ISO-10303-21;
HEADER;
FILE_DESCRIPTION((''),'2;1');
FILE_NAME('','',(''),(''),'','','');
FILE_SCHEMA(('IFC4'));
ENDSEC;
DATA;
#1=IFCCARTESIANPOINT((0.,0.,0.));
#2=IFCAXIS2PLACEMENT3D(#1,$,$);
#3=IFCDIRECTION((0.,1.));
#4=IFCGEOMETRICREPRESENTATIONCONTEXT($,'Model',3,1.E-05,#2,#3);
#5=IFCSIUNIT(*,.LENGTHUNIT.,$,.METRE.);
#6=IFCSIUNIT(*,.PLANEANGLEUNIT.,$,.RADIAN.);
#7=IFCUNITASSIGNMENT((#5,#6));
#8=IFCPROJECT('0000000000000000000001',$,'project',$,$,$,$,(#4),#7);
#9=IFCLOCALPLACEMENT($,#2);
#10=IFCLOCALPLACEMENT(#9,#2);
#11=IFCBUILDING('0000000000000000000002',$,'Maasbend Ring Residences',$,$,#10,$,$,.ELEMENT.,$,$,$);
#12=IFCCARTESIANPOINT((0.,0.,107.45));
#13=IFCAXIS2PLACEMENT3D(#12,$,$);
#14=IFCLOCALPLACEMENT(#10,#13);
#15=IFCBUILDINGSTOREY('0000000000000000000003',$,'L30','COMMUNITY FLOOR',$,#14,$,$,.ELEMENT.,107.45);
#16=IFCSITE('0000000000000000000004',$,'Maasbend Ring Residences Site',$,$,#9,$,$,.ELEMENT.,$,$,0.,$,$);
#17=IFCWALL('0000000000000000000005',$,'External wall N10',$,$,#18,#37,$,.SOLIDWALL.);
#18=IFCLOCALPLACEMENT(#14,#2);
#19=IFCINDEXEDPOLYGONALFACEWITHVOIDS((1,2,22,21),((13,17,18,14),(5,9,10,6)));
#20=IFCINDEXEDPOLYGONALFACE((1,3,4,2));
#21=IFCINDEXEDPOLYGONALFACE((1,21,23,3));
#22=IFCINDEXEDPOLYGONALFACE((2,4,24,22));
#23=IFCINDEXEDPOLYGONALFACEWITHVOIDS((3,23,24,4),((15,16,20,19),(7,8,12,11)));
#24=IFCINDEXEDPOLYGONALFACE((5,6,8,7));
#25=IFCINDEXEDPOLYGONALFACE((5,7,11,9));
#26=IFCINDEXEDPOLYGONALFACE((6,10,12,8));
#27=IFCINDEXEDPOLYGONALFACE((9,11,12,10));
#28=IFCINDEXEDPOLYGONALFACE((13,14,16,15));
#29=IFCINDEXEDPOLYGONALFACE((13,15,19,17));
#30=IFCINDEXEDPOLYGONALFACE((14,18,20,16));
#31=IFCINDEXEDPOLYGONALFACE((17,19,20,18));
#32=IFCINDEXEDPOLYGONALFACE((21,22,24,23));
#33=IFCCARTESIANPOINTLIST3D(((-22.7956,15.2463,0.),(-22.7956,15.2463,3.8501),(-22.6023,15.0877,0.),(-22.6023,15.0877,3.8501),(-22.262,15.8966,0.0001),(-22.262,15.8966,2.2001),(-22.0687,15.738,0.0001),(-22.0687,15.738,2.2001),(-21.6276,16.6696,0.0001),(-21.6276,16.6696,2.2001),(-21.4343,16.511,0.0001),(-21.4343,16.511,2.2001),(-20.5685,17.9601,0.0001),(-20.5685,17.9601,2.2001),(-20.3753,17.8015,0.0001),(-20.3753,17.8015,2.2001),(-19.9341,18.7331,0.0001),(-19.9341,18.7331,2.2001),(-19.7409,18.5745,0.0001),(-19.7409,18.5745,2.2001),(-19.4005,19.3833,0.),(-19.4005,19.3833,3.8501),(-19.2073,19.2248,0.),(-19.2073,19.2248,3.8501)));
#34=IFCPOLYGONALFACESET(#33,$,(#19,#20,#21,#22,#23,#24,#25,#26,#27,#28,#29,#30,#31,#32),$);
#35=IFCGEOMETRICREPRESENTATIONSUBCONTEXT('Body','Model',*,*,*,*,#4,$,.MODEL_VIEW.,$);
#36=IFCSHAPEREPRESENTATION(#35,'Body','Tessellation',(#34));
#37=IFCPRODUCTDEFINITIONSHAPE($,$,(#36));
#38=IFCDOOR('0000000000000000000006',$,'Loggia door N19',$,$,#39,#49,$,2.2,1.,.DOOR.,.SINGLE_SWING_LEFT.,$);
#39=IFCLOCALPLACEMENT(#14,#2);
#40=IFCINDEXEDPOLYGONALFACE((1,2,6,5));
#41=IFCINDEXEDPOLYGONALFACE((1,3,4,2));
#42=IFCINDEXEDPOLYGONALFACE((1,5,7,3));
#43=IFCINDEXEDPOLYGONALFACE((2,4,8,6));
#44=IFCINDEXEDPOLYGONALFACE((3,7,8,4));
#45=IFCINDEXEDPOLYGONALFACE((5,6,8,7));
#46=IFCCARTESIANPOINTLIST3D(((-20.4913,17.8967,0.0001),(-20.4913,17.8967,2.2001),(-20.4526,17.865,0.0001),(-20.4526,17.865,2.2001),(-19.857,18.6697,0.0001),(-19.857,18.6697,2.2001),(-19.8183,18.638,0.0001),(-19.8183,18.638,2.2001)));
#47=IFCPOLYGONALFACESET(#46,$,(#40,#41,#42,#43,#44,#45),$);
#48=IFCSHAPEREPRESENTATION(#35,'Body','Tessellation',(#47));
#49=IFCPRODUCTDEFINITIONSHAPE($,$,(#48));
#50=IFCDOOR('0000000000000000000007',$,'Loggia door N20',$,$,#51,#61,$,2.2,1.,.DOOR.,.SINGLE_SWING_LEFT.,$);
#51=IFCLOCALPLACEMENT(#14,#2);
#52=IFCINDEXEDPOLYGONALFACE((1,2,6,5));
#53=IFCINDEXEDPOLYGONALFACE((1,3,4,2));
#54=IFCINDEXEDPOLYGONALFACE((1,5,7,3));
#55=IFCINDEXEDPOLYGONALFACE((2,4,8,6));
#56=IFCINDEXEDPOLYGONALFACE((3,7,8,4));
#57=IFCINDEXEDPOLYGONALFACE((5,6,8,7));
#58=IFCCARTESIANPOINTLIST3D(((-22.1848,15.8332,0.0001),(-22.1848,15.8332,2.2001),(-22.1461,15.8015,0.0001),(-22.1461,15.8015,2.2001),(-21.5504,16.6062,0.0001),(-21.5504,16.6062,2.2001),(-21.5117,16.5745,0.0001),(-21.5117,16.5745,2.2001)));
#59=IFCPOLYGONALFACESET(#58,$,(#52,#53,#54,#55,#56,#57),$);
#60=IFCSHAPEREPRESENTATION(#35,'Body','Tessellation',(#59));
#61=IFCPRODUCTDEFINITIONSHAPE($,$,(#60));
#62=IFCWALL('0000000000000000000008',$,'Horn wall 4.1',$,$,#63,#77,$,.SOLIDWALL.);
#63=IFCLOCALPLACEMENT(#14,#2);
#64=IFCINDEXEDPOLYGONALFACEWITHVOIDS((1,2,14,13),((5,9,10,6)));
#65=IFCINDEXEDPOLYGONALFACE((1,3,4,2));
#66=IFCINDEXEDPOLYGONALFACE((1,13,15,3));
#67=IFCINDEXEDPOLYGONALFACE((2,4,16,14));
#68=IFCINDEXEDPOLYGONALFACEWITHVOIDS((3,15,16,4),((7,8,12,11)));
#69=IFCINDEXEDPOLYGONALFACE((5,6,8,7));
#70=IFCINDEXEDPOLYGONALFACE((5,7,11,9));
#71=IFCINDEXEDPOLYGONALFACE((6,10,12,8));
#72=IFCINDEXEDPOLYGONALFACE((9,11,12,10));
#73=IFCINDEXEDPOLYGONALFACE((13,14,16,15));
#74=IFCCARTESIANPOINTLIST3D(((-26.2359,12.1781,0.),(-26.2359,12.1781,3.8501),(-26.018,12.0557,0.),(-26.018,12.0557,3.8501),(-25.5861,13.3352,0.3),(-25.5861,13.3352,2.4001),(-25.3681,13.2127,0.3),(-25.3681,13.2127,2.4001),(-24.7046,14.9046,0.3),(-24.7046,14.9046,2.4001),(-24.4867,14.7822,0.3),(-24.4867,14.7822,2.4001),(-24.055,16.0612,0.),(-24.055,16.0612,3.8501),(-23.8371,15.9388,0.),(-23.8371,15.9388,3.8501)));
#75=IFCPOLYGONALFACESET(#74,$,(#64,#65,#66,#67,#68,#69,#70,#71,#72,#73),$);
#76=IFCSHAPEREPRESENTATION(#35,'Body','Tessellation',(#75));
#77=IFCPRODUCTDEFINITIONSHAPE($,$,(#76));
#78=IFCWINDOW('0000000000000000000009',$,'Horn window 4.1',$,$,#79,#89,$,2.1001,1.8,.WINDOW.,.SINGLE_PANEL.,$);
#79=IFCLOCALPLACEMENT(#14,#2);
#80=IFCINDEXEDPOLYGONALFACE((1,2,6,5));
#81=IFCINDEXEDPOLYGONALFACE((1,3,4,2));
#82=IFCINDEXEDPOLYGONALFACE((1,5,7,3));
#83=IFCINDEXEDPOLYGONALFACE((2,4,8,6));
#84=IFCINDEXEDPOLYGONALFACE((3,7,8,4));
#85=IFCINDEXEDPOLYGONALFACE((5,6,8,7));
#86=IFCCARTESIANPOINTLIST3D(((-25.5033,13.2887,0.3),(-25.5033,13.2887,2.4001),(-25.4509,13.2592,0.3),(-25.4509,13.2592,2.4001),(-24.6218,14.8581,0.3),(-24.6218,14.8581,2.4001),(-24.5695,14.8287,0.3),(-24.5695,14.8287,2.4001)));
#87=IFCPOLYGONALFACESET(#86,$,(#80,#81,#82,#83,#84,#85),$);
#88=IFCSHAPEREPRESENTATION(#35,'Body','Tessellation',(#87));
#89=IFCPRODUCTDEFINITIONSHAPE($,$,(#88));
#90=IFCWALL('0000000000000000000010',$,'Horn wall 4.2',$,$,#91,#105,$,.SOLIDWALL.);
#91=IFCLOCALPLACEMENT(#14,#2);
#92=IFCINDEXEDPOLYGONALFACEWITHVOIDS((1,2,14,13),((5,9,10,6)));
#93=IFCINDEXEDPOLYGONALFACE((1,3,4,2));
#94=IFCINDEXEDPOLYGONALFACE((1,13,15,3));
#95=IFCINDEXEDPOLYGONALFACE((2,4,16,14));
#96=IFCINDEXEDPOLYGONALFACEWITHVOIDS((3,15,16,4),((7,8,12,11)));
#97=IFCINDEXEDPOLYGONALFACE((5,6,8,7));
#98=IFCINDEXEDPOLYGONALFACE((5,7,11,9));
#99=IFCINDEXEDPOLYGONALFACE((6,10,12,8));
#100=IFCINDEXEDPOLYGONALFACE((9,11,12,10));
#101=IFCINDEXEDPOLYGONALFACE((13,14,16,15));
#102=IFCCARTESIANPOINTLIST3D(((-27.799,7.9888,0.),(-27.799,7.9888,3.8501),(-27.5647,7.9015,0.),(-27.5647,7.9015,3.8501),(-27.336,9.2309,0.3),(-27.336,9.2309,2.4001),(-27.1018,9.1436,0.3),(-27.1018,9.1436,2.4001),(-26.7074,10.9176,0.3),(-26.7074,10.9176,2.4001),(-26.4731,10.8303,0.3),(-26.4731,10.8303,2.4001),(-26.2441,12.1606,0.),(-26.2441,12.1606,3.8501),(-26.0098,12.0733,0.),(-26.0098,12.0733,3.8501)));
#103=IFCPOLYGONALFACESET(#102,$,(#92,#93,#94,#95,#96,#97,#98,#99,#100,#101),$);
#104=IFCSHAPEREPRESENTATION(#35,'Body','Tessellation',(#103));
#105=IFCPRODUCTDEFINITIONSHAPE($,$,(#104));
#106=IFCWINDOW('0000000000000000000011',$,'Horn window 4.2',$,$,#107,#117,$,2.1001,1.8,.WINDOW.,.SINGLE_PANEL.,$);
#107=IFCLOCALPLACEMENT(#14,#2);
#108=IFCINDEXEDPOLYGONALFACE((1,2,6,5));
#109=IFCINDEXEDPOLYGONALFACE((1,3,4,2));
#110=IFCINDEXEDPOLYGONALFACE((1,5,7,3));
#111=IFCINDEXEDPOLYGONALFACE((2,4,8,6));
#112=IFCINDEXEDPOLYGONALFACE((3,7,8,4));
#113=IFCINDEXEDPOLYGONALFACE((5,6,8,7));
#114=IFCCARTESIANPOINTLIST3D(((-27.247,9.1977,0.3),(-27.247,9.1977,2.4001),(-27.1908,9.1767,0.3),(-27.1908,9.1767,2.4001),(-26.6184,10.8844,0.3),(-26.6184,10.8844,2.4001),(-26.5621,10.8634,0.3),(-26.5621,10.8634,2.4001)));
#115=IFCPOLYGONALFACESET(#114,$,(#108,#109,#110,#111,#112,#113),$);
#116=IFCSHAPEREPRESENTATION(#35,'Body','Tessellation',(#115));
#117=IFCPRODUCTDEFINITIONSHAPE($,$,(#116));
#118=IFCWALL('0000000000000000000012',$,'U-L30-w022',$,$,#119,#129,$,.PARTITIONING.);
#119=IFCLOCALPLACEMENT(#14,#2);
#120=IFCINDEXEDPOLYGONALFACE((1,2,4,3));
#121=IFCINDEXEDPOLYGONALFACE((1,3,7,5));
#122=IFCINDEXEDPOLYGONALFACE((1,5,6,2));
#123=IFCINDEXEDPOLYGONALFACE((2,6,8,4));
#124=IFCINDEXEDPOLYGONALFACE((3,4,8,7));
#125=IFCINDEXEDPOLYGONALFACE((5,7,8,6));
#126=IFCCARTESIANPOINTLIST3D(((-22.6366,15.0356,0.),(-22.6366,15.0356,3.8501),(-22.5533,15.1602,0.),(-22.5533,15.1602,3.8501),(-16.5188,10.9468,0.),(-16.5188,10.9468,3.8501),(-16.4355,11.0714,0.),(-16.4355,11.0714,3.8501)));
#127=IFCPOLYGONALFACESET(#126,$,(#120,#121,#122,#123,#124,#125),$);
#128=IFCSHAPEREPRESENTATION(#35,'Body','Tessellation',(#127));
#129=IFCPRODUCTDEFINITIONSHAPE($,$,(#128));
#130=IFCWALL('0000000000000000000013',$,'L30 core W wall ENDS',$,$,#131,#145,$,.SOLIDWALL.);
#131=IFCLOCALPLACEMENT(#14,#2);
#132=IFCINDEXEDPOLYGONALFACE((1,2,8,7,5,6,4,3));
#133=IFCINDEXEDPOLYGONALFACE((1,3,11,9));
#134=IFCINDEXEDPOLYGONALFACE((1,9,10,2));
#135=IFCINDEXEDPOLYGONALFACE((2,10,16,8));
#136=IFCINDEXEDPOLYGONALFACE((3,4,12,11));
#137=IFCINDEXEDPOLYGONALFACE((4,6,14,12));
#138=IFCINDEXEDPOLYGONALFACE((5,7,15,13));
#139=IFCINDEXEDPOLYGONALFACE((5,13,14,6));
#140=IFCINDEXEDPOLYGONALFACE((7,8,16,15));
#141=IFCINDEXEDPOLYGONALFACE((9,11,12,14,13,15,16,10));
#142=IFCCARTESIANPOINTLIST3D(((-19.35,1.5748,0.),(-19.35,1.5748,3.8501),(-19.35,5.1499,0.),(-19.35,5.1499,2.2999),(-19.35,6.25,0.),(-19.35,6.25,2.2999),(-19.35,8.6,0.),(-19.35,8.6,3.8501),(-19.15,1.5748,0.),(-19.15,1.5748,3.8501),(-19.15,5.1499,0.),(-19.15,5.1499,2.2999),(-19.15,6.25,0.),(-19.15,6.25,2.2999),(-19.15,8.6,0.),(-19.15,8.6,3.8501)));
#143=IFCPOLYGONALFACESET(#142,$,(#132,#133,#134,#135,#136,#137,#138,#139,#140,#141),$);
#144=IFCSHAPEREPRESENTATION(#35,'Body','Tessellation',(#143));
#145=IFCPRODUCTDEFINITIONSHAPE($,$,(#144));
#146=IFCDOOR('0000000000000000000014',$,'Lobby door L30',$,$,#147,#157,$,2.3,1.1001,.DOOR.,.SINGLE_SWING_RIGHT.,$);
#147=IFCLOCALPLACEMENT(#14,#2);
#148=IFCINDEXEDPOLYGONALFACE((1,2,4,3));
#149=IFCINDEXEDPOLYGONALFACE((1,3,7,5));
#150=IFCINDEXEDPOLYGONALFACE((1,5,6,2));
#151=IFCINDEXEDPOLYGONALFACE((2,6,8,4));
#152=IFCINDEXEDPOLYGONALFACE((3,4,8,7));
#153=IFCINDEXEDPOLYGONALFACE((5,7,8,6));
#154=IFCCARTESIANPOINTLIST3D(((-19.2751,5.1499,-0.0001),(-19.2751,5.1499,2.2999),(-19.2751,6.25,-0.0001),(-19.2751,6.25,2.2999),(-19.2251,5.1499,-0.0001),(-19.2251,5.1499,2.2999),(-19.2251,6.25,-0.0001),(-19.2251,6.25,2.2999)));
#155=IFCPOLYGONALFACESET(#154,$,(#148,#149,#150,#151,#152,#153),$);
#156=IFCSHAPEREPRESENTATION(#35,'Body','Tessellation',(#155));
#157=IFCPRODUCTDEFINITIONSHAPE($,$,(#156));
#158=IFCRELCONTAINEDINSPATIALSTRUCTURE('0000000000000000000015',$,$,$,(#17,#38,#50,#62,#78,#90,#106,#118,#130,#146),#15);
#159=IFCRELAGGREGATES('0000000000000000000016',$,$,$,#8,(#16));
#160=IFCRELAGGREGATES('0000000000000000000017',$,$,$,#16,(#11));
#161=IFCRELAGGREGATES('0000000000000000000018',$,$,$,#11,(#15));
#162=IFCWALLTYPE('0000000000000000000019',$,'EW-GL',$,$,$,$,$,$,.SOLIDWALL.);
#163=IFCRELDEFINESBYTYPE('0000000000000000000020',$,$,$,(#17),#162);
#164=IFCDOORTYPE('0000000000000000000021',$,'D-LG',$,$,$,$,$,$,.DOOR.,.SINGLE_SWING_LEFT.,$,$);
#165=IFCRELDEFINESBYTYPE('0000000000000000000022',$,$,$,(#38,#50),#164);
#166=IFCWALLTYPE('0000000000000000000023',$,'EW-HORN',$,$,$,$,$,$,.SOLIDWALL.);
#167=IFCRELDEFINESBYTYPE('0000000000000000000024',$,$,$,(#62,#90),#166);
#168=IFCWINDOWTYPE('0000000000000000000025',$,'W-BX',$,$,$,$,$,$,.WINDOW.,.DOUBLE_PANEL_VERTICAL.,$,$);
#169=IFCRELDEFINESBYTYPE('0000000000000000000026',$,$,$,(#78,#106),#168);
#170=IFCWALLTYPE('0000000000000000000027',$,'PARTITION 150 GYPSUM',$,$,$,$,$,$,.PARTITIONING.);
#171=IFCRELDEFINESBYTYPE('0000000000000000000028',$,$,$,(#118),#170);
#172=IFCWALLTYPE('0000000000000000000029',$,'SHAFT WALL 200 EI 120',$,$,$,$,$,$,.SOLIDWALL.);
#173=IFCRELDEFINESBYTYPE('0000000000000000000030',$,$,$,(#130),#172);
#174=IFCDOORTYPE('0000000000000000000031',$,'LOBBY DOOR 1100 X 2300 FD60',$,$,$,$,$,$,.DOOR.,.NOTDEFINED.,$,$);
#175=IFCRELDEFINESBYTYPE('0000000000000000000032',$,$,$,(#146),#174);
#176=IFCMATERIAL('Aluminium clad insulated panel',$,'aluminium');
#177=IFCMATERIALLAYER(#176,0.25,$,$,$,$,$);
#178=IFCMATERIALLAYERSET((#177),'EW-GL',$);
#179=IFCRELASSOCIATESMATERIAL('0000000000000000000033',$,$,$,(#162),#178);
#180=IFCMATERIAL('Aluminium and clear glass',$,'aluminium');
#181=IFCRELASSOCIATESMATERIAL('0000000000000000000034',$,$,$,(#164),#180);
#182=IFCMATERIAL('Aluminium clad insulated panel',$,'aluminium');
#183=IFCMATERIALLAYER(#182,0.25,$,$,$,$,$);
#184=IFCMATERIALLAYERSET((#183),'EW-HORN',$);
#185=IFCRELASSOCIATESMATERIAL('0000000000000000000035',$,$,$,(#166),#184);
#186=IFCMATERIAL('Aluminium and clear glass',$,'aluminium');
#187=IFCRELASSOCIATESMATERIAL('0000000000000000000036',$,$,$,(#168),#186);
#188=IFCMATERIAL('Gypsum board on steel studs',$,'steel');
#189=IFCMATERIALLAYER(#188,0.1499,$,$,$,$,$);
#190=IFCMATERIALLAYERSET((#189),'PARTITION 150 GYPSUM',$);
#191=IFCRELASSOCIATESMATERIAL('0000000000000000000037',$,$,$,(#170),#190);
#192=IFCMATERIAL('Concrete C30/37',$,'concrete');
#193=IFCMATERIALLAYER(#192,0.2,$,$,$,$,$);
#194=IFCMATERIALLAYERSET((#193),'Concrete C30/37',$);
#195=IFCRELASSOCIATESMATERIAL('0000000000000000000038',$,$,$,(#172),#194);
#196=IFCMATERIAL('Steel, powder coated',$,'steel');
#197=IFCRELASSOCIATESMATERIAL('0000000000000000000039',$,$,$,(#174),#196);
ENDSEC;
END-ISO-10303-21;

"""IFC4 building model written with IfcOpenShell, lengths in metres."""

from ifc_helpers import new_model, si_unit, direction, frame, frame_2d, origin, place, context, subcontext, project, spatial, rectangle, extrude, material, layer, layer_set, type_object, element, fill, save


model = new_model("IFC4")

# Units and contexts
model_context = context("Model", 3, precision=1e-05, world=origin(), true_north=direction((0.0, 1.0)))
body_context = subcontext(model_context, "Body", "Model", "MODEL_VIEW")
ifc_project = project(units=[si_unit("LENGTHUNIT", "METRE"), si_unit("PLANEANGLEUNIT", "RADIAN")], contexts=[model_context])

# Site, building, storey
site_placement = place(None, origin())
site = spatial("IfcSite", under=ifc_project, at=site_placement, Name="Maasbend Ring Residences Site", CompositionType="ELEMENT", RefElevation=0.0)
building_placement = place(site_placement, origin())
building = spatial("IfcBuilding", under=site, at=building_placement, Name="Maasbend Ring Residences", CompositionType="ELEMENT")
storey_placement = place(building_placement, frame((0.0, 0.0, 107.45)))
storey = spatial("IfcBuildingStorey", under=building, at=storey_placement, Name="L30", Description="COMMUNITY FLOOR", CompositionType="ELEMENT", Elevation=107.45)

# Wall, openings, doors
ifc_material_1 = material(Name="Aluminium clad insulated panel", Category="aluminium")
ifc_layer_1 = layer(ifc_material_1, 0.25)
ifc_layer_set_1 = layer_set([ifc_layer_1], Name="EW-GL")
wall_type_1 = type_object("IfcWallType", Name="EW-GL", PredefinedType="SOLIDWALL", material=ifc_layer_set_1)
ifc_material_2 = material(Name="Aluminium and clear glass", Category="aluminium")
door_type_1 = type_object("IfcDoorType", Name="D-LG", OperationType="SINGLE_SWING_LEFT", PredefinedType="DOOR", material=ifc_material_2)
wall_1_placement = place(storey_placement, frame((-19.304, 19.304, 0.0), z_axis=(0.0, 0.0, 1.0), x_axis=(-0.634382, -0.773019, 0.0)))
wall_1 = element("IfcWall", 1, at=wall_1_placement, inside=storey, type_object=wall_type_1, Name="External wall N10", PredefinedType="SOLIDWALL", context=body_context, shape_type="SweptSolid", body=[
    extrude(rectangle(XDim=5.3518, YDim=0.25, at=frame_2d((2.6758, 0.0))), origin(), (0.0, 0.0, 1.0), 3.8501),
])
opening_1_placement = place(wall_1_placement, frame((0.8411, 0.0, 0.0)))
opening_1 = element("IfcOpeningElement", 2, at=opening_1_placement, cuts=wall_1, PredefinedType="OPENING", context=body_context, shape_type="SweptSolid", body=[
    extrude(rectangle(XDim=1.0, YDim=2.2, at=frame_2d((0.5, 1.1001))), frame((0.0, 0.135, 0.0), z_axis=(0.0, -1.0, 0.0), x_axis=(1.0, 0.0, 0.0)), (0.0, 0.0, 1.0), 0.27),
])
opening_2_placement = place(wall_1_placement, frame((3.5105, 0.0, 0.0)))
opening_2 = element("IfcOpeningElement", 3, at=opening_2_placement, cuts=wall_1, PredefinedType="OPENING", context=body_context, shape_type="SweptSolid", body=[
    extrude(rectangle(XDim=1.0, YDim=2.2, at=frame_2d((0.5, 1.1001))), frame((0.0, 0.135, 0.0), z_axis=(0.0, -1.0, 0.0), x_axis=(1.0, 0.0, 0.0)), (0.0, 0.0, 1.0), 0.27),
])
door_1_placement = place(opening_1_placement, origin())
door_1 = element("IfcDoor", 4, at=door_1_placement, inside=storey, type_object=door_type_1, Name="Loggia door N19", OperationType="SINGLE_SWING_LEFT", OverallHeight=2.2, OverallWidth=1.0, PredefinedType="DOOR", context=body_context, shape_type="SweptSolid", body=[
    extrude(rectangle(XDim=1.0, YDim=2.2, at=frame_2d((0.5, 1.1001))), frame((0.0, 0.0249, 0.0), z_axis=(0.0, -1.0, 0.0), x_axis=(1.0, 0.0, 0.0)), (0.0, 0.0, 1.0), 0.05),
])
fill(opening_1, door_1)
door_2_placement = place(opening_2_placement, origin())
door_2 = element("IfcDoor", 5, at=door_2_placement, inside=storey, type_object=door_type_1, Name="Loggia door N20", OperationType="SINGLE_SWING_LEFT", OverallHeight=2.2, OverallWidth=1.0, PredefinedType="DOOR", context=body_context, shape_type="SweptSolid", body=[
    extrude(rectangle(XDim=1.0, YDim=2.2, at=frame_2d((0.5, 1.1001))), frame((0.0, 0.0249, 0.0), z_axis=(0.0, -1.0, 0.0), x_axis=(1.0, 0.0, 0.0)), (0.0, 0.0, 1.0), 0.05),
])
fill(opening_2, door_2)

# Walls, openings, windows
ifc_material_3 = material(Name="Aluminium clad insulated panel", Category="aluminium")
ifc_layer_2 = layer(ifc_material_3, 0.25)
ifc_layer_set_2 = layer_set([ifc_layer_2], Name="EW-HORN")
wall_type_2 = type_object("IfcWallType", Name="EW-HORN", PredefinedType="SOLIDWALL", material=ifc_layer_set_2)
wall_2_placement = place(storey_placement, frame((-23.946, 16.0, 0.0), z_axis=(0.0, 0.0, 1.0), x_axis=(-0.489696, -0.871893, 0.0)))
wall_2 = element("IfcWall", 6, at=wall_2_placement, inside=storey, type_object=wall_type_2, Name="Horn wall 4.1", PredefinedType="SOLIDWALL", context=body_context, shape_type="SweptSolid", body=[
    extrude(rectangle(XDim=4.4536, YDim=0.25, at=frame_2d((2.2268, 0.0))), origin(), (0.0, 0.0, 1.0), 3.8501),
])
opening_3_placement = place(wall_2_placement, frame((1.3267, 0.0, 0.3)))
opening_3 = element("IfcOpeningElement", 7, at=opening_3_placement, cuts=wall_2, PredefinedType="OPENING", context=body_context, shape_type="SweptSolid", body=[
    extrude(rectangle(XDim=1.8, YDim=2.1001, at=frame_2d((0.8999, 1.05))), frame((0.0, 0.135, 0.0), z_axis=(0.0, -1.0, 0.0), x_axis=(1.0, 0.0, 0.0)), (0.0, 0.0, 1.0), 0.27),
])
ifc_material_4 = material(Name="Aluminium and clear glass", Category="aluminium")
window_type = type_object("IfcWindowType", Name="W-BX", PartitioningType="DOUBLE_PANEL_VERTICAL", PredefinedType="WINDOW", material=ifc_material_4)
window_1_placement = place(opening_3_placement, origin())
window_1 = element("IfcWindow", 8, at=window_1_placement, inside=storey, type_object=window_type, Name="Horn window 4.1", OverallHeight=2.1001, OverallWidth=1.8, PartitioningType="SINGLE_PANEL", PredefinedType="WINDOW", context=body_context, shape_type="SweptSolid", body=[
    extrude(rectangle(XDim=1.8, YDim=2.1001, at=frame_2d((0.8999, 1.05))), frame((0.0, 0.03, 0.0), z_axis=(0.0, -1.0, 0.0), x_axis=(1.0, 0.0, 0.0)), (0.0, 0.0, 1.0), 0.0601),
])
fill(opening_3, window_1)
wall_3_placement = place(storey_placement, frame((-26.127, 12.1169, 0.0), z_axis=(0.0, 0.0, 1.0), x_axis=(-0.349248, -0.93703, 0.0)))
wall_3 = element("IfcWall", 9, at=wall_3_placement, inside=storey, type_object=wall_type_2, Name="Horn wall 4.2", PredefinedType="SOLIDWALL", context=body_context, shape_type="SweptSolid", body=[
    extrude(rectangle(XDim=4.4521, YDim=0.25, at=frame_2d((2.2261, 0.0))), origin(), (0.0, 0.0, 1.0), 3.8501),
])
opening_4_placement = place(wall_3_placement, frame((1.3267, 0.0, 0.3)))
opening_4 = element("IfcOpeningElement", 10, at=opening_4_placement, cuts=wall_3, PredefinedType="OPENING", context=body_context, shape_type="SweptSolid", body=[
    extrude(rectangle(XDim=1.8, YDim=2.1001, at=frame_2d((0.8999, 1.05))), frame((0.0, 0.135, 0.0), z_axis=(0.0, -1.0, 0.0), x_axis=(1.0, 0.0, 0.0)), (0.0, 0.0, 1.0), 0.27),
])
window_2_placement = place(opening_4_placement, origin())
window_2 = element("IfcWindow", 11, at=window_2_placement, inside=storey, type_object=window_type, Name="Horn window 4.2", OverallHeight=2.1001, OverallWidth=1.8, PartitioningType="SINGLE_PANEL", PredefinedType="WINDOW", context=body_context, shape_type="SweptSolid", body=[
    extrude(rectangle(XDim=1.8, YDim=2.1001, at=frame_2d((0.8999, 1.05))), frame((0.0, 0.03, 0.0), z_axis=(0.0, -1.0, 0.0), x_axis=(1.0, 0.0, 0.0)), (0.0, 0.0, 1.0), 0.0601),
])
fill(opening_4, window_2)

# Wall
ifc_material_5 = material(Name="Gypsum board on steel studs", Category="steel")
ifc_layer_3 = layer(ifc_material_5, 0.1499)
ifc_layer_set_3 = layer_set([ifc_layer_3], Name="PARTITION 150 GYPSUM")
wall_type_3 = type_object("IfcWallType", Name="PARTITION 150 GYPSUM", PredefinedType="PARTITIONING", material=ifc_layer_set_3)
wall_4_placement = place(storey_placement, frame((-22.595, 15.0979, 0.0), z_axis=(0.0, 0.0, 1.0), x_axis=(0.831407, -0.555665, 0.0)))
element("IfcWall", 12, at=wall_4_placement, inside=storey, type_object=wall_type_3, Name="U-L30-w022", PredefinedType="PARTITIONING", context=body_context, shape_type="SweptSolid", body=[
    extrude(rectangle(XDim=7.3584, YDim=0.1499, at=frame_2d((3.6792, 0.0))), origin(), (0.0, 0.0, 1.0), 3.8501),
])

# Wall, opening, door
ifc_material_6 = material(Name="Concrete C30/37", Category="concrete")
ifc_layer_4 = layer(ifc_material_6, 0.2)
ifc_layer_set_4 = layer_set([ifc_layer_4], Name="Concrete C30/37")
wall_type_4 = type_object("IfcWallType", Name="SHAFT WALL 200 EI 120", PredefinedType="SOLIDWALL", material=ifc_layer_set_4)
wall_5_placement = place(storey_placement, frame((-19.25, 8.6001, 0.0), z_axis=(0.0, 0.0, 1.0), x_axis=(0.0, -1.0, 0.0)))
wall_5 = element("IfcWall", 13, at=wall_5_placement, inside=storey, type_object=wall_type_4, Name="L30 core W wall ENDS", PredefinedType="SOLIDWALL", context=body_context, shape_type="SweptSolid", body=[
    extrude(rectangle(XDim=7.0251, YDim=0.2, at=frame_2d((3.5127, 0.0))), origin(), (0.0, 0.0, 1.0), 3.8501),
])
opening_5_placement = place(wall_5_placement, frame((2.3501, 0.0, 0.0)))
opening_5 = element("IfcOpeningElement", 14, at=opening_5_placement, cuts=wall_5, PredefinedType="OPENING", context=body_context, shape_type="SweptSolid", body=[
    extrude(rectangle(XDim=1.1001, YDim=2.3, at=frame_2d((0.55, 1.1499))), frame((0.0, 0.1099, 0.0), z_axis=(0.0, -1.0, 0.0), x_axis=(1.0, 0.0, 0.0)), (0.0, 0.0, 1.0), 0.22),
])
ifc_material_7 = material(Name="Steel, powder coated", Category="steel")
door_type_2 = type_object("IfcDoorType", Name="LOBBY DOOR 1100 X 2300 FD60", OperationType="NOTDEFINED", PredefinedType="DOOR", material=ifc_material_7)
door_3_placement = place(opening_5_placement, origin())
door_3 = element("IfcDoor", 15, at=door_3_placement, inside=storey, type_object=door_type_2, Name="Lobby door L30", OperationType="SINGLE_SWING_RIGHT", OverallHeight=2.3, OverallWidth=1.1001, PredefinedType="DOOR", context=body_context, shape_type="SweptSolid", body=[
    extrude(rectangle(XDim=1.1001, YDim=2.3, at=frame_2d((0.55, 1.1499))), frame((0.0, 0.0249, 0.0), z_axis=(0.0, -1.0, 0.0), x_axis=(1.0, 0.0, 0.0)), (0.0, 0.0, 1.0), 0.05),
])
fill(opening_5, door_3)

save(model, "model.ifc")
